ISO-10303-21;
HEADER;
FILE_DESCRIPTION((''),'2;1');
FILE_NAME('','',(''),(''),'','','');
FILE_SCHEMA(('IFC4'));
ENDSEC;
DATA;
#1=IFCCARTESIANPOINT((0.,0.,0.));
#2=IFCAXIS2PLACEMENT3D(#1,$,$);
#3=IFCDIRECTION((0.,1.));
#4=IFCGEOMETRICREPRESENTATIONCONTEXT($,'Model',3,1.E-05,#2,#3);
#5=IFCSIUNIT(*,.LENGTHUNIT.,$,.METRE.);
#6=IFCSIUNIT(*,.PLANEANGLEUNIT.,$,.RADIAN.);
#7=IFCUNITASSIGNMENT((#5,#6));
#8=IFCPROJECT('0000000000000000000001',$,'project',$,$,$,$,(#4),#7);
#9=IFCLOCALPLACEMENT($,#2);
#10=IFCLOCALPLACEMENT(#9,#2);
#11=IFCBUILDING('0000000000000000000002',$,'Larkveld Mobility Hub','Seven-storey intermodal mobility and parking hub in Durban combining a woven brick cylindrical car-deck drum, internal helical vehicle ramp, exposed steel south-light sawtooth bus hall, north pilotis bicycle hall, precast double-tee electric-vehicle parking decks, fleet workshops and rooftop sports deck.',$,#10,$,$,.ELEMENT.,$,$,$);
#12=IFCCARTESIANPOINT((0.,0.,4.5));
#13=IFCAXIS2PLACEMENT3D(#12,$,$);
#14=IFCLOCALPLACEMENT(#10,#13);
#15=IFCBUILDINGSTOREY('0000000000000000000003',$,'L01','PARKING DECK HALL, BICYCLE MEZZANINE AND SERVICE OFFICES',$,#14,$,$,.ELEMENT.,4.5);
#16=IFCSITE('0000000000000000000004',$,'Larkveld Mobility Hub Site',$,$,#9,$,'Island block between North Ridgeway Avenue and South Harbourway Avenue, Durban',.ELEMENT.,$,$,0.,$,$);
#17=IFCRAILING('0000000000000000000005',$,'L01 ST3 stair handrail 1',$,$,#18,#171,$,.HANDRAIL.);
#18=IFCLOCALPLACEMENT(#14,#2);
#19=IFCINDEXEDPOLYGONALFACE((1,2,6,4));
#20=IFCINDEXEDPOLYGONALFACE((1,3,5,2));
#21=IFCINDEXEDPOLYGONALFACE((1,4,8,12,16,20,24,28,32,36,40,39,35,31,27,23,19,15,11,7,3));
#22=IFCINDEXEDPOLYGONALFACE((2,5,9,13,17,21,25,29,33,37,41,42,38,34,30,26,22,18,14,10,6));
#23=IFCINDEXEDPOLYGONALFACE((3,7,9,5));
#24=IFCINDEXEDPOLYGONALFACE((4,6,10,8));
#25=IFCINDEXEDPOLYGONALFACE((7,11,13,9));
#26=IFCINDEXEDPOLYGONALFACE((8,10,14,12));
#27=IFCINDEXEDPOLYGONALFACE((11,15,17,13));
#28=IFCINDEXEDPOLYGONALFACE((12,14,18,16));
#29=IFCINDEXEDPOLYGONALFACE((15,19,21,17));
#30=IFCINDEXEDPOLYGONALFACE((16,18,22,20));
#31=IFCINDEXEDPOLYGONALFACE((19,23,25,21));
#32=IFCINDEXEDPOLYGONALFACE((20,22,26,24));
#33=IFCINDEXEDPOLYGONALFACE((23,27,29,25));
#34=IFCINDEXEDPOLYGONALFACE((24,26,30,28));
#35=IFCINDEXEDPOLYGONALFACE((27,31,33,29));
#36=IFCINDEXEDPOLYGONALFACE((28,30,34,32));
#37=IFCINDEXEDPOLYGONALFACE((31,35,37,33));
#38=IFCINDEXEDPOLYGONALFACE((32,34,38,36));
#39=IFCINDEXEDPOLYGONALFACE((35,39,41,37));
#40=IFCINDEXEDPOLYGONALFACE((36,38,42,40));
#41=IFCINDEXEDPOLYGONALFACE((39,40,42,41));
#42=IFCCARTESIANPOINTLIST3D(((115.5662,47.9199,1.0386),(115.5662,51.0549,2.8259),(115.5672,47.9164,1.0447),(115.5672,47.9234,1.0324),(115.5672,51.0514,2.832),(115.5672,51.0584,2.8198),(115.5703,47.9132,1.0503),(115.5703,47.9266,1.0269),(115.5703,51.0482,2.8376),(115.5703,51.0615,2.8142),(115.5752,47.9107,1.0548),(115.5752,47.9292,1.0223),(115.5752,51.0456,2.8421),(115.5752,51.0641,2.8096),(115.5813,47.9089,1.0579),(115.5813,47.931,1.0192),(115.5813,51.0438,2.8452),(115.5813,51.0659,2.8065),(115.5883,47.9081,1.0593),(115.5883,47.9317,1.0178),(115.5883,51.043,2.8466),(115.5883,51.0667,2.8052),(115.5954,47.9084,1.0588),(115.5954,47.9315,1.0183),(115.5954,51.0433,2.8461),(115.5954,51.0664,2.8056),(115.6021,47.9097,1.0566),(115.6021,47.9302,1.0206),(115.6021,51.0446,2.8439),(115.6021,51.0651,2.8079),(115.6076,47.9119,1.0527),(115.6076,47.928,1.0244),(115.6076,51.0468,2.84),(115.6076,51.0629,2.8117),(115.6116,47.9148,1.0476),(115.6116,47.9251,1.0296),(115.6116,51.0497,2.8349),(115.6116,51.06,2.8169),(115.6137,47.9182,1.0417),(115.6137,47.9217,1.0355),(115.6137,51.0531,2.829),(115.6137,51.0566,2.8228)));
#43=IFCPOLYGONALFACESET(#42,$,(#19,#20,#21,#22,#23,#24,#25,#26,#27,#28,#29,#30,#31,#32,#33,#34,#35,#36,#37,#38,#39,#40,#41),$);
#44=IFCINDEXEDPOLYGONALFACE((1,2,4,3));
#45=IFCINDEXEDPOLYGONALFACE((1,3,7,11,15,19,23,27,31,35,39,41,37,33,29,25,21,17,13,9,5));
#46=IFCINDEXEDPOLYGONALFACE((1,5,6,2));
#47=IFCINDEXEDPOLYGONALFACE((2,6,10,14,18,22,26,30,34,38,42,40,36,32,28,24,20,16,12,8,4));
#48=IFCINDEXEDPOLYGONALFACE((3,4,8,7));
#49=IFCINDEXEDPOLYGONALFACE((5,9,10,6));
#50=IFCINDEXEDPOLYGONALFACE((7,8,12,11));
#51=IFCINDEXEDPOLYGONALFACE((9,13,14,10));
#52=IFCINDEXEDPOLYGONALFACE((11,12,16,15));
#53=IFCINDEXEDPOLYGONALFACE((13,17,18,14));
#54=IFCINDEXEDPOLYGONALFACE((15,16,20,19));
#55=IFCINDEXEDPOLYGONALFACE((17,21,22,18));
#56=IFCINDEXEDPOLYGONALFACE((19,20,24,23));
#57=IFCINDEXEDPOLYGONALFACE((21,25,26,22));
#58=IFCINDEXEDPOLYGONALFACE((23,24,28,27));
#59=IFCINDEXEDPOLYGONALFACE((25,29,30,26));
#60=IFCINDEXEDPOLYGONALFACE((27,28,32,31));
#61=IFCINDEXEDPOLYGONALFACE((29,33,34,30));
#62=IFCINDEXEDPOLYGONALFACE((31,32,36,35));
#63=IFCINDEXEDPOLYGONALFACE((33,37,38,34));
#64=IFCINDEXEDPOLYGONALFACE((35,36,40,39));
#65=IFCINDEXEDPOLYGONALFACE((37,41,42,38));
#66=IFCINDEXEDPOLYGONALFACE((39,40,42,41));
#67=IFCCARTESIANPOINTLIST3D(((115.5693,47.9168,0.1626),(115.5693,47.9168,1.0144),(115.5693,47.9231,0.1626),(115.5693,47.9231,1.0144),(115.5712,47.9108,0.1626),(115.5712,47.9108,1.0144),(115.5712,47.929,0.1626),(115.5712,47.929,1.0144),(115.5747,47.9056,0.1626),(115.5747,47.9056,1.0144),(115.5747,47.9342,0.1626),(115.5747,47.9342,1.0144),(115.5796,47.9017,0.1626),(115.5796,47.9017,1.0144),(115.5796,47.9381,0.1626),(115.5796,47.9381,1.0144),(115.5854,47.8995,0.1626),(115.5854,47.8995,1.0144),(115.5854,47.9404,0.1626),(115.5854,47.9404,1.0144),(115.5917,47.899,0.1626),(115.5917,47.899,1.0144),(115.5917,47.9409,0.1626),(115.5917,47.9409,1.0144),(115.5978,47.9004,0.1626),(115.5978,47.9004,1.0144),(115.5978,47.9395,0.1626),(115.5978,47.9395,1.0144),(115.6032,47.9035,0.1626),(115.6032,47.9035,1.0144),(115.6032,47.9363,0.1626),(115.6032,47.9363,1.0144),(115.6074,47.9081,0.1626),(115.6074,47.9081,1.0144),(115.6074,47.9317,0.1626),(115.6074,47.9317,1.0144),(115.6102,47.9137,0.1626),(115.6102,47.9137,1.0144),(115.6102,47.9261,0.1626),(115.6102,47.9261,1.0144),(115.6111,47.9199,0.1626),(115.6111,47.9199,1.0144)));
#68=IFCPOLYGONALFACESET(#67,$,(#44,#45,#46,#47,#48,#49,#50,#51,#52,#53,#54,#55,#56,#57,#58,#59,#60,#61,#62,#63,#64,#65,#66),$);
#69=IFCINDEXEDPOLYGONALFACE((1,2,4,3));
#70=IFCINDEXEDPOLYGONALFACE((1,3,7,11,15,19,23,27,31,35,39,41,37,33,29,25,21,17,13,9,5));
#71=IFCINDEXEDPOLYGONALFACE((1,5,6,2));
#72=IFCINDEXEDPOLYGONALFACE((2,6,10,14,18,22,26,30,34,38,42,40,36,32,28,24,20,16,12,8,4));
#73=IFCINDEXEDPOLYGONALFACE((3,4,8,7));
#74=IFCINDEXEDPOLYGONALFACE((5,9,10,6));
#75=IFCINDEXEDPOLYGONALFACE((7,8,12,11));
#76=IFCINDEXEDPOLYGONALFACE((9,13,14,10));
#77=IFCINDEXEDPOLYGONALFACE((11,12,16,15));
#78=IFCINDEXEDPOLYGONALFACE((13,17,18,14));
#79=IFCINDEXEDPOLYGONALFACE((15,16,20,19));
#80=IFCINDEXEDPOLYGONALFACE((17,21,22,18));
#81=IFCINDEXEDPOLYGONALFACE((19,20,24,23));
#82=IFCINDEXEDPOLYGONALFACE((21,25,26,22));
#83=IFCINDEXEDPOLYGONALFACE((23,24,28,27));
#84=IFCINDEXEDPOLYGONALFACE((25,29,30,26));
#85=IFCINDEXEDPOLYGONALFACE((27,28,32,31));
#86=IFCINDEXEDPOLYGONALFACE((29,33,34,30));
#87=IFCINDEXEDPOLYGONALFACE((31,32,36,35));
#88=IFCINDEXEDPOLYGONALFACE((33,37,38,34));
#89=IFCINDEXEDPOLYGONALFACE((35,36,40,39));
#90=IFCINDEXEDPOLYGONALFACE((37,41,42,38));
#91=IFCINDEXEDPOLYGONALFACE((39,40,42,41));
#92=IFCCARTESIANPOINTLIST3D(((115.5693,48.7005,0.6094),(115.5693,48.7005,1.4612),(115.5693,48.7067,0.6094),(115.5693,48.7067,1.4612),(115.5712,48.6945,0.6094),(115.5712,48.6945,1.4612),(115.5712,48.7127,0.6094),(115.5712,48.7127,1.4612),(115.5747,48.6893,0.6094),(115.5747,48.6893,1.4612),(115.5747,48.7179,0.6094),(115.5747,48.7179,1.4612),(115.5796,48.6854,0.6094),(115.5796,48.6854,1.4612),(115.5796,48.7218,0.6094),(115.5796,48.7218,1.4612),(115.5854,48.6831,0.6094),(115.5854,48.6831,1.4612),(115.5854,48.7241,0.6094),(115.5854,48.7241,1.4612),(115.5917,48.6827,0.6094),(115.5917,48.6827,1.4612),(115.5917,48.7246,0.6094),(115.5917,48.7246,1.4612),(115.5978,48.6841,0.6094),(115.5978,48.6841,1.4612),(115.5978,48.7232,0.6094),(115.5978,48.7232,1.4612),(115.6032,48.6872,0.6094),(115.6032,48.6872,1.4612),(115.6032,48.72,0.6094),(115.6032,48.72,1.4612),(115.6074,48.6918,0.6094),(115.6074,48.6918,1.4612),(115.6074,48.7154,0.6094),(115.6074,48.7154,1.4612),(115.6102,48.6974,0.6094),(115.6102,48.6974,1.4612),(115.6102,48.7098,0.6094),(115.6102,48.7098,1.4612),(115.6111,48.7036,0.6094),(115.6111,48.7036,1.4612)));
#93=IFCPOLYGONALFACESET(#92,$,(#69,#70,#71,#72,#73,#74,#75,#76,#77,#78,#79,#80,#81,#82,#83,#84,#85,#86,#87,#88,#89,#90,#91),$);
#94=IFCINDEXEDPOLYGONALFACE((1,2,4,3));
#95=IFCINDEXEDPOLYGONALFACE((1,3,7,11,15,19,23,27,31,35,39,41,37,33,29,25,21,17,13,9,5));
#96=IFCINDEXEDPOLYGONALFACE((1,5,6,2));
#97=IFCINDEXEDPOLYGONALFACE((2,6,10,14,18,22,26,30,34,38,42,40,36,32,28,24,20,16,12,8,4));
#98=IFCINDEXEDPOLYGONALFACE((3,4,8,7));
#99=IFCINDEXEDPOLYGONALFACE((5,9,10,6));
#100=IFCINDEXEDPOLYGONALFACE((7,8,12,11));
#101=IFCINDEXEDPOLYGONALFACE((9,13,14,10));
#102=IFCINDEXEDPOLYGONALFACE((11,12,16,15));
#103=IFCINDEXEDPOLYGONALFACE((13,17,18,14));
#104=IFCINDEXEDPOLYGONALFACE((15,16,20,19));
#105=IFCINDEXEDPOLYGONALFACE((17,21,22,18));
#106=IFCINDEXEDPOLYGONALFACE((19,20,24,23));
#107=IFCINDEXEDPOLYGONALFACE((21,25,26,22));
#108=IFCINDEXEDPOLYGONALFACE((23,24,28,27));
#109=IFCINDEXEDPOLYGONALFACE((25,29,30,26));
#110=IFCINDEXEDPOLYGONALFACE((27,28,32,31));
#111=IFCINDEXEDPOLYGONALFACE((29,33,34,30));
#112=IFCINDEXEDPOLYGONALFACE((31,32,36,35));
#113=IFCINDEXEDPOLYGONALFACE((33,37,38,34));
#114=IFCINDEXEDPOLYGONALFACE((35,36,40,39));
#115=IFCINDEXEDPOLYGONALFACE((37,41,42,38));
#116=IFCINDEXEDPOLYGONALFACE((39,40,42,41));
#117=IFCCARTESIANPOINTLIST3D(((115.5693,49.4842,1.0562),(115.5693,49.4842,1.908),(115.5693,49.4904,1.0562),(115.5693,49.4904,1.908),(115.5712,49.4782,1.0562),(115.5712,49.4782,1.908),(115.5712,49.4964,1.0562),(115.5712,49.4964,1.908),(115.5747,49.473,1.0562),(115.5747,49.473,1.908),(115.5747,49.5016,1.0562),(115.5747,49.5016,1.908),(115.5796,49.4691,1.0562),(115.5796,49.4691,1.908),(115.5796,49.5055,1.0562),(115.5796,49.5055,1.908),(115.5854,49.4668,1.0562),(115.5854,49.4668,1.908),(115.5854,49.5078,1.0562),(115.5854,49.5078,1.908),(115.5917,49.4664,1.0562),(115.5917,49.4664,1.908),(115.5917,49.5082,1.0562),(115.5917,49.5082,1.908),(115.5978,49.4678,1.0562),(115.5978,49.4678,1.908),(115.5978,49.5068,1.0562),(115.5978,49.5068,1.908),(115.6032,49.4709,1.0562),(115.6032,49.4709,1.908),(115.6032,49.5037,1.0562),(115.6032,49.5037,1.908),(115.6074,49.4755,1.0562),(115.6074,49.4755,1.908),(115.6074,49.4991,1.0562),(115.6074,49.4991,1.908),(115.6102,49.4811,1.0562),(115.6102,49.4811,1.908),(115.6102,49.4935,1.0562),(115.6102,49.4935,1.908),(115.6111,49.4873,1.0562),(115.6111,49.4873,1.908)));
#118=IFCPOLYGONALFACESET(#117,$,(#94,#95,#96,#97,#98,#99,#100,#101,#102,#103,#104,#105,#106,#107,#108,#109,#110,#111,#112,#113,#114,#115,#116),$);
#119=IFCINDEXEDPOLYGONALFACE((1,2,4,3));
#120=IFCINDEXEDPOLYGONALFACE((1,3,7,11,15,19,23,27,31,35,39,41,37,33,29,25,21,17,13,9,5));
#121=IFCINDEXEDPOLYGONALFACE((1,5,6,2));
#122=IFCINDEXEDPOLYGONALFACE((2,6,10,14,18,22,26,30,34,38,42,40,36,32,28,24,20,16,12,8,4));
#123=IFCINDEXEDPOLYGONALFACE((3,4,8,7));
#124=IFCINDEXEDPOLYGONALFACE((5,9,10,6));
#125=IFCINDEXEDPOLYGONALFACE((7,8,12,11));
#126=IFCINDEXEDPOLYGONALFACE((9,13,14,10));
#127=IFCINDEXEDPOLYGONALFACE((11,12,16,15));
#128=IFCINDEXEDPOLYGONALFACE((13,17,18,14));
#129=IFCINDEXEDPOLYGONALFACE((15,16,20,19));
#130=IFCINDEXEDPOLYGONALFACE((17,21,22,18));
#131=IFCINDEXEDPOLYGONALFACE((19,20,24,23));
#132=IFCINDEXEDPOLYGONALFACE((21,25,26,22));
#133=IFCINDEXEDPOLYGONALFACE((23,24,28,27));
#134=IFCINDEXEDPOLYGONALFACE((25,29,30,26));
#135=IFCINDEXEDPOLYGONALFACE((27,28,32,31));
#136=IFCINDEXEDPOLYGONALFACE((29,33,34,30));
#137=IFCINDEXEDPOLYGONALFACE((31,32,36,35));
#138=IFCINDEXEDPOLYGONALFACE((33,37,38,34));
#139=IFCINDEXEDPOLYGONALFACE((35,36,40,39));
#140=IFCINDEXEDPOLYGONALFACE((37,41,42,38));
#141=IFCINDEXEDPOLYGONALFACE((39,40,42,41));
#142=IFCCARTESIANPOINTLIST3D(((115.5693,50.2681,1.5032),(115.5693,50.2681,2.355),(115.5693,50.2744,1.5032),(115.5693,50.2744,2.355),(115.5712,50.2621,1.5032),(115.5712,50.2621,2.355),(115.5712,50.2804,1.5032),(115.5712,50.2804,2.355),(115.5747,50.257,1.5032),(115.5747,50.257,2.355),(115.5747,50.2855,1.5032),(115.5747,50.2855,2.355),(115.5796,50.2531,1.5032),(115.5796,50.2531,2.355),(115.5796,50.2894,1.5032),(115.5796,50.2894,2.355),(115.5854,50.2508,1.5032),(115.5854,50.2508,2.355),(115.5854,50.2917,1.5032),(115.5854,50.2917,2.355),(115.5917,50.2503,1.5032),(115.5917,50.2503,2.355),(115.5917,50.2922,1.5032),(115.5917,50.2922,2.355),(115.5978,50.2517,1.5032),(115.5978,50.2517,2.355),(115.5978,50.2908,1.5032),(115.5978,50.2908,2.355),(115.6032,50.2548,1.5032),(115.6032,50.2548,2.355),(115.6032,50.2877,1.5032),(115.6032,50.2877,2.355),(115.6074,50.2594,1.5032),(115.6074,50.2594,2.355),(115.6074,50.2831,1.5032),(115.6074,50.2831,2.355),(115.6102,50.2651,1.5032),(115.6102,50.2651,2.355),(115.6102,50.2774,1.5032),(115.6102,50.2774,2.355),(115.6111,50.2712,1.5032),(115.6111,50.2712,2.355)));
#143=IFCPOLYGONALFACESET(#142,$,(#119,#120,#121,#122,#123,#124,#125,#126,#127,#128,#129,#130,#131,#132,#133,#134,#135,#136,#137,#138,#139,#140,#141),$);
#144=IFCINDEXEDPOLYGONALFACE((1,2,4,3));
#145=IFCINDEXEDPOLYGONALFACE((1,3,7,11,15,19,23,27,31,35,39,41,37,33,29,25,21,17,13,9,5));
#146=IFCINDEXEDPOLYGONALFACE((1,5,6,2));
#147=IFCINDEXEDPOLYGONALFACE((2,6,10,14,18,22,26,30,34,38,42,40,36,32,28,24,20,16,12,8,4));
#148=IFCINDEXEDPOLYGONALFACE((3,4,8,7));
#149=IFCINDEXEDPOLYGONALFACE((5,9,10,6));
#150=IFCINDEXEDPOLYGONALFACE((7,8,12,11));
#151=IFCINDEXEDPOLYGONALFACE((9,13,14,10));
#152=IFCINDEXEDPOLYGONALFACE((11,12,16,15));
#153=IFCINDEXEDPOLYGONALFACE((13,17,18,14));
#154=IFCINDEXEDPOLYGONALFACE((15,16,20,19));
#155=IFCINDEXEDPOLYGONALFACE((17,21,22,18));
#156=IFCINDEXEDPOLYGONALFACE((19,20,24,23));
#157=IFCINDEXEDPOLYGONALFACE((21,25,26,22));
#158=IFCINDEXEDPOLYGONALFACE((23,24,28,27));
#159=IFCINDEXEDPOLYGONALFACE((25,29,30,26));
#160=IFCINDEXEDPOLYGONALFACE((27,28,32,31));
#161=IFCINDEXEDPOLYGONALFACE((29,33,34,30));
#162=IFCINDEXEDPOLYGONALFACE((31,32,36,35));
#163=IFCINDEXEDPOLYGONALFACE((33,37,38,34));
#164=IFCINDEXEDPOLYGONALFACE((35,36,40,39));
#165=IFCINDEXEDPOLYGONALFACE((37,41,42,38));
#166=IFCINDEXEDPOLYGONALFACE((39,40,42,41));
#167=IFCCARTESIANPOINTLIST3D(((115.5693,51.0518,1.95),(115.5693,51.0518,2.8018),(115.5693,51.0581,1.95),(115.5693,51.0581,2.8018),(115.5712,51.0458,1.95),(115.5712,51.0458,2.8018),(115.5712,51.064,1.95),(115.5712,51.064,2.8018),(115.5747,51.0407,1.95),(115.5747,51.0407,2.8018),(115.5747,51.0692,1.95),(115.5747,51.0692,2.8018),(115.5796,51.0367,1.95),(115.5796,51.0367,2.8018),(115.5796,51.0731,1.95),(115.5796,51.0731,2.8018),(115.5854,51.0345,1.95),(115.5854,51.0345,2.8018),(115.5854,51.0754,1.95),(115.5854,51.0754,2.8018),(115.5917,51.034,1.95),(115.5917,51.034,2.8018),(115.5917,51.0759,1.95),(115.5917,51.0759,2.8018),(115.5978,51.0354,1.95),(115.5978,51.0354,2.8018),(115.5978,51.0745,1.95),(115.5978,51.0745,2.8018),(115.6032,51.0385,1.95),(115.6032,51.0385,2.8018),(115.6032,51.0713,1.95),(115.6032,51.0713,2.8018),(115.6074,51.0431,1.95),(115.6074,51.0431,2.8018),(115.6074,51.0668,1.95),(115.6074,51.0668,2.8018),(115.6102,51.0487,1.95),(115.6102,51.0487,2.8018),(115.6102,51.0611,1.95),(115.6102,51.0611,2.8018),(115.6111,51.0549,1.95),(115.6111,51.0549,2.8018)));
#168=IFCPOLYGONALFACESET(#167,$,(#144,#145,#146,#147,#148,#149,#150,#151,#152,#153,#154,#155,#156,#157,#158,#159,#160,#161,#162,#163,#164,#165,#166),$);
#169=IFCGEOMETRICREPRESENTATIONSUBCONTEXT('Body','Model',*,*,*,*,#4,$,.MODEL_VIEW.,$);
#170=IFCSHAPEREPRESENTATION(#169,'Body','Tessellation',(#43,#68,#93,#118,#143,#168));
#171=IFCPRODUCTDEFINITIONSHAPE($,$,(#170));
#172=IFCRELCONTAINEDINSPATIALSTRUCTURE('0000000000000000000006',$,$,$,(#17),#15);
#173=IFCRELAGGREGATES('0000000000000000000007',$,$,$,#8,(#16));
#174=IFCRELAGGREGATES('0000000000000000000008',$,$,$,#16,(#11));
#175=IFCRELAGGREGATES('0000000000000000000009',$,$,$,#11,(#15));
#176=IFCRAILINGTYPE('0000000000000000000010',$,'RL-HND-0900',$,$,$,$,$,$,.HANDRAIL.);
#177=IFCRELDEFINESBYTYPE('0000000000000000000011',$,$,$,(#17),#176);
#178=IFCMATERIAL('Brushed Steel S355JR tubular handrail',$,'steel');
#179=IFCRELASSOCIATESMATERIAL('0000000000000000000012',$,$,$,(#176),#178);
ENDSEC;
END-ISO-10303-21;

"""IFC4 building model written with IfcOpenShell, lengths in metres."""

from ifc_helpers import new_model, si_unit, direction, frame, origin, origin_2d, place, context, subcontext, project, spatial, circle, extrude, material, type_object, element, save


model = new_model("IFC4")

# Units and contexts
model_context = context("Model", 3, precision=1e-05, world=origin(), true_north=direction((0.0, 1.0)))
body_context = subcontext(model_context, "Body", "Model", "MODEL_VIEW")
ifc_project = project(units=[si_unit("LENGTHUNIT", "METRE"), si_unit("PLANEANGLEUNIT", "RADIAN")], contexts=[model_context])

# Site, building, storey
site_placement = place(None, origin())
site = spatial("IfcSite", under=ifc_project, at=site_placement, Name="Larkveld Mobility Hub Site", LongName="Island block between North Ridgeway Avenue and South Harbourway Avenue, Durban", CompositionType="ELEMENT", RefElevation=0.0)
building_placement = place(site_placement, origin())
building = spatial("IfcBuilding", under=site, at=building_placement, Name="Larkveld Mobility Hub", Description="Seven-storey intermodal mobility and parking hub in Durban combining a woven brick cylindrical car-deck drum, internal helical vehicle ramp, exposed steel south-light sawtooth bus hall, north pilotis bicycle hall, precast double-tee electric-vehicle parking decks, fleet workshops and rooftop sports deck.", CompositionType="ELEMENT")
storey_placement = place(building_placement, frame((0.0, 0.0, 4.5)))
storey = spatial("IfcBuildingStorey", under=building, at=storey_placement, Name="L01", Description="PARKING DECK HALL, BICYCLE MEZZANINE AND SERVICE OFFICES", CompositionType="ELEMENT", Elevation=4.5)

# Railing
ifc_material_1 = material(Name="Brushed Steel S355JR tubular handrail", Category="steel")
railing_type_1 = type_object("IfcRailingType", Name="RL-HND-0900", PredefinedType="HANDRAIL", material=ifc_material_1)
railing_1_placement = place(storey_placement, frame((115.5901, 47.9199, 0.1626)))
element("IfcRailing", 1, at=railing_1_placement, inside=storey, type_object=railing_type_1, Name="L01 ST3 stair handrail 1", PredefinedType="HANDRAIL", context=body_context, shape_type="SweptSolid", body=[
    extrude(circle(Radius=0.0239, at=origin_2d()), frame((0.0, 0.0, 0.876), z_axis=(0.0, 0.86873, 0.495286), x_axis=(-1.0, 0.0, 0.0)), (0.0, 0.0, 1.0), 3.6086),
    extrude(circle(Radius=0.021, at=origin_2d()), origin(), (0.0, 0.0, 1.0), 0.8518),
    extrude(circle(Radius=0.021, at=origin_2d()), frame((0.0, 0.7837, 0.4468)), (0.0, 0.0, 1.0), 0.8518),
    extrude(circle(Radius=0.021, at=origin_2d()), frame((0.0, 1.5674, 0.8936)), (0.0, 0.0, 1.0), 0.8518),
    extrude(circle(Radius=0.021, at=origin_2d()), frame((0.0, 2.3513, 1.3406)), (0.0, 0.0, 1.0), 0.8518),
    extrude(circle(Radius=0.021, at=origin_2d()), frame((0.0, 3.135, 1.7874)), (0.0, 0.0, 1.0), 0.8518),
])

save(model, "model.ifc")
